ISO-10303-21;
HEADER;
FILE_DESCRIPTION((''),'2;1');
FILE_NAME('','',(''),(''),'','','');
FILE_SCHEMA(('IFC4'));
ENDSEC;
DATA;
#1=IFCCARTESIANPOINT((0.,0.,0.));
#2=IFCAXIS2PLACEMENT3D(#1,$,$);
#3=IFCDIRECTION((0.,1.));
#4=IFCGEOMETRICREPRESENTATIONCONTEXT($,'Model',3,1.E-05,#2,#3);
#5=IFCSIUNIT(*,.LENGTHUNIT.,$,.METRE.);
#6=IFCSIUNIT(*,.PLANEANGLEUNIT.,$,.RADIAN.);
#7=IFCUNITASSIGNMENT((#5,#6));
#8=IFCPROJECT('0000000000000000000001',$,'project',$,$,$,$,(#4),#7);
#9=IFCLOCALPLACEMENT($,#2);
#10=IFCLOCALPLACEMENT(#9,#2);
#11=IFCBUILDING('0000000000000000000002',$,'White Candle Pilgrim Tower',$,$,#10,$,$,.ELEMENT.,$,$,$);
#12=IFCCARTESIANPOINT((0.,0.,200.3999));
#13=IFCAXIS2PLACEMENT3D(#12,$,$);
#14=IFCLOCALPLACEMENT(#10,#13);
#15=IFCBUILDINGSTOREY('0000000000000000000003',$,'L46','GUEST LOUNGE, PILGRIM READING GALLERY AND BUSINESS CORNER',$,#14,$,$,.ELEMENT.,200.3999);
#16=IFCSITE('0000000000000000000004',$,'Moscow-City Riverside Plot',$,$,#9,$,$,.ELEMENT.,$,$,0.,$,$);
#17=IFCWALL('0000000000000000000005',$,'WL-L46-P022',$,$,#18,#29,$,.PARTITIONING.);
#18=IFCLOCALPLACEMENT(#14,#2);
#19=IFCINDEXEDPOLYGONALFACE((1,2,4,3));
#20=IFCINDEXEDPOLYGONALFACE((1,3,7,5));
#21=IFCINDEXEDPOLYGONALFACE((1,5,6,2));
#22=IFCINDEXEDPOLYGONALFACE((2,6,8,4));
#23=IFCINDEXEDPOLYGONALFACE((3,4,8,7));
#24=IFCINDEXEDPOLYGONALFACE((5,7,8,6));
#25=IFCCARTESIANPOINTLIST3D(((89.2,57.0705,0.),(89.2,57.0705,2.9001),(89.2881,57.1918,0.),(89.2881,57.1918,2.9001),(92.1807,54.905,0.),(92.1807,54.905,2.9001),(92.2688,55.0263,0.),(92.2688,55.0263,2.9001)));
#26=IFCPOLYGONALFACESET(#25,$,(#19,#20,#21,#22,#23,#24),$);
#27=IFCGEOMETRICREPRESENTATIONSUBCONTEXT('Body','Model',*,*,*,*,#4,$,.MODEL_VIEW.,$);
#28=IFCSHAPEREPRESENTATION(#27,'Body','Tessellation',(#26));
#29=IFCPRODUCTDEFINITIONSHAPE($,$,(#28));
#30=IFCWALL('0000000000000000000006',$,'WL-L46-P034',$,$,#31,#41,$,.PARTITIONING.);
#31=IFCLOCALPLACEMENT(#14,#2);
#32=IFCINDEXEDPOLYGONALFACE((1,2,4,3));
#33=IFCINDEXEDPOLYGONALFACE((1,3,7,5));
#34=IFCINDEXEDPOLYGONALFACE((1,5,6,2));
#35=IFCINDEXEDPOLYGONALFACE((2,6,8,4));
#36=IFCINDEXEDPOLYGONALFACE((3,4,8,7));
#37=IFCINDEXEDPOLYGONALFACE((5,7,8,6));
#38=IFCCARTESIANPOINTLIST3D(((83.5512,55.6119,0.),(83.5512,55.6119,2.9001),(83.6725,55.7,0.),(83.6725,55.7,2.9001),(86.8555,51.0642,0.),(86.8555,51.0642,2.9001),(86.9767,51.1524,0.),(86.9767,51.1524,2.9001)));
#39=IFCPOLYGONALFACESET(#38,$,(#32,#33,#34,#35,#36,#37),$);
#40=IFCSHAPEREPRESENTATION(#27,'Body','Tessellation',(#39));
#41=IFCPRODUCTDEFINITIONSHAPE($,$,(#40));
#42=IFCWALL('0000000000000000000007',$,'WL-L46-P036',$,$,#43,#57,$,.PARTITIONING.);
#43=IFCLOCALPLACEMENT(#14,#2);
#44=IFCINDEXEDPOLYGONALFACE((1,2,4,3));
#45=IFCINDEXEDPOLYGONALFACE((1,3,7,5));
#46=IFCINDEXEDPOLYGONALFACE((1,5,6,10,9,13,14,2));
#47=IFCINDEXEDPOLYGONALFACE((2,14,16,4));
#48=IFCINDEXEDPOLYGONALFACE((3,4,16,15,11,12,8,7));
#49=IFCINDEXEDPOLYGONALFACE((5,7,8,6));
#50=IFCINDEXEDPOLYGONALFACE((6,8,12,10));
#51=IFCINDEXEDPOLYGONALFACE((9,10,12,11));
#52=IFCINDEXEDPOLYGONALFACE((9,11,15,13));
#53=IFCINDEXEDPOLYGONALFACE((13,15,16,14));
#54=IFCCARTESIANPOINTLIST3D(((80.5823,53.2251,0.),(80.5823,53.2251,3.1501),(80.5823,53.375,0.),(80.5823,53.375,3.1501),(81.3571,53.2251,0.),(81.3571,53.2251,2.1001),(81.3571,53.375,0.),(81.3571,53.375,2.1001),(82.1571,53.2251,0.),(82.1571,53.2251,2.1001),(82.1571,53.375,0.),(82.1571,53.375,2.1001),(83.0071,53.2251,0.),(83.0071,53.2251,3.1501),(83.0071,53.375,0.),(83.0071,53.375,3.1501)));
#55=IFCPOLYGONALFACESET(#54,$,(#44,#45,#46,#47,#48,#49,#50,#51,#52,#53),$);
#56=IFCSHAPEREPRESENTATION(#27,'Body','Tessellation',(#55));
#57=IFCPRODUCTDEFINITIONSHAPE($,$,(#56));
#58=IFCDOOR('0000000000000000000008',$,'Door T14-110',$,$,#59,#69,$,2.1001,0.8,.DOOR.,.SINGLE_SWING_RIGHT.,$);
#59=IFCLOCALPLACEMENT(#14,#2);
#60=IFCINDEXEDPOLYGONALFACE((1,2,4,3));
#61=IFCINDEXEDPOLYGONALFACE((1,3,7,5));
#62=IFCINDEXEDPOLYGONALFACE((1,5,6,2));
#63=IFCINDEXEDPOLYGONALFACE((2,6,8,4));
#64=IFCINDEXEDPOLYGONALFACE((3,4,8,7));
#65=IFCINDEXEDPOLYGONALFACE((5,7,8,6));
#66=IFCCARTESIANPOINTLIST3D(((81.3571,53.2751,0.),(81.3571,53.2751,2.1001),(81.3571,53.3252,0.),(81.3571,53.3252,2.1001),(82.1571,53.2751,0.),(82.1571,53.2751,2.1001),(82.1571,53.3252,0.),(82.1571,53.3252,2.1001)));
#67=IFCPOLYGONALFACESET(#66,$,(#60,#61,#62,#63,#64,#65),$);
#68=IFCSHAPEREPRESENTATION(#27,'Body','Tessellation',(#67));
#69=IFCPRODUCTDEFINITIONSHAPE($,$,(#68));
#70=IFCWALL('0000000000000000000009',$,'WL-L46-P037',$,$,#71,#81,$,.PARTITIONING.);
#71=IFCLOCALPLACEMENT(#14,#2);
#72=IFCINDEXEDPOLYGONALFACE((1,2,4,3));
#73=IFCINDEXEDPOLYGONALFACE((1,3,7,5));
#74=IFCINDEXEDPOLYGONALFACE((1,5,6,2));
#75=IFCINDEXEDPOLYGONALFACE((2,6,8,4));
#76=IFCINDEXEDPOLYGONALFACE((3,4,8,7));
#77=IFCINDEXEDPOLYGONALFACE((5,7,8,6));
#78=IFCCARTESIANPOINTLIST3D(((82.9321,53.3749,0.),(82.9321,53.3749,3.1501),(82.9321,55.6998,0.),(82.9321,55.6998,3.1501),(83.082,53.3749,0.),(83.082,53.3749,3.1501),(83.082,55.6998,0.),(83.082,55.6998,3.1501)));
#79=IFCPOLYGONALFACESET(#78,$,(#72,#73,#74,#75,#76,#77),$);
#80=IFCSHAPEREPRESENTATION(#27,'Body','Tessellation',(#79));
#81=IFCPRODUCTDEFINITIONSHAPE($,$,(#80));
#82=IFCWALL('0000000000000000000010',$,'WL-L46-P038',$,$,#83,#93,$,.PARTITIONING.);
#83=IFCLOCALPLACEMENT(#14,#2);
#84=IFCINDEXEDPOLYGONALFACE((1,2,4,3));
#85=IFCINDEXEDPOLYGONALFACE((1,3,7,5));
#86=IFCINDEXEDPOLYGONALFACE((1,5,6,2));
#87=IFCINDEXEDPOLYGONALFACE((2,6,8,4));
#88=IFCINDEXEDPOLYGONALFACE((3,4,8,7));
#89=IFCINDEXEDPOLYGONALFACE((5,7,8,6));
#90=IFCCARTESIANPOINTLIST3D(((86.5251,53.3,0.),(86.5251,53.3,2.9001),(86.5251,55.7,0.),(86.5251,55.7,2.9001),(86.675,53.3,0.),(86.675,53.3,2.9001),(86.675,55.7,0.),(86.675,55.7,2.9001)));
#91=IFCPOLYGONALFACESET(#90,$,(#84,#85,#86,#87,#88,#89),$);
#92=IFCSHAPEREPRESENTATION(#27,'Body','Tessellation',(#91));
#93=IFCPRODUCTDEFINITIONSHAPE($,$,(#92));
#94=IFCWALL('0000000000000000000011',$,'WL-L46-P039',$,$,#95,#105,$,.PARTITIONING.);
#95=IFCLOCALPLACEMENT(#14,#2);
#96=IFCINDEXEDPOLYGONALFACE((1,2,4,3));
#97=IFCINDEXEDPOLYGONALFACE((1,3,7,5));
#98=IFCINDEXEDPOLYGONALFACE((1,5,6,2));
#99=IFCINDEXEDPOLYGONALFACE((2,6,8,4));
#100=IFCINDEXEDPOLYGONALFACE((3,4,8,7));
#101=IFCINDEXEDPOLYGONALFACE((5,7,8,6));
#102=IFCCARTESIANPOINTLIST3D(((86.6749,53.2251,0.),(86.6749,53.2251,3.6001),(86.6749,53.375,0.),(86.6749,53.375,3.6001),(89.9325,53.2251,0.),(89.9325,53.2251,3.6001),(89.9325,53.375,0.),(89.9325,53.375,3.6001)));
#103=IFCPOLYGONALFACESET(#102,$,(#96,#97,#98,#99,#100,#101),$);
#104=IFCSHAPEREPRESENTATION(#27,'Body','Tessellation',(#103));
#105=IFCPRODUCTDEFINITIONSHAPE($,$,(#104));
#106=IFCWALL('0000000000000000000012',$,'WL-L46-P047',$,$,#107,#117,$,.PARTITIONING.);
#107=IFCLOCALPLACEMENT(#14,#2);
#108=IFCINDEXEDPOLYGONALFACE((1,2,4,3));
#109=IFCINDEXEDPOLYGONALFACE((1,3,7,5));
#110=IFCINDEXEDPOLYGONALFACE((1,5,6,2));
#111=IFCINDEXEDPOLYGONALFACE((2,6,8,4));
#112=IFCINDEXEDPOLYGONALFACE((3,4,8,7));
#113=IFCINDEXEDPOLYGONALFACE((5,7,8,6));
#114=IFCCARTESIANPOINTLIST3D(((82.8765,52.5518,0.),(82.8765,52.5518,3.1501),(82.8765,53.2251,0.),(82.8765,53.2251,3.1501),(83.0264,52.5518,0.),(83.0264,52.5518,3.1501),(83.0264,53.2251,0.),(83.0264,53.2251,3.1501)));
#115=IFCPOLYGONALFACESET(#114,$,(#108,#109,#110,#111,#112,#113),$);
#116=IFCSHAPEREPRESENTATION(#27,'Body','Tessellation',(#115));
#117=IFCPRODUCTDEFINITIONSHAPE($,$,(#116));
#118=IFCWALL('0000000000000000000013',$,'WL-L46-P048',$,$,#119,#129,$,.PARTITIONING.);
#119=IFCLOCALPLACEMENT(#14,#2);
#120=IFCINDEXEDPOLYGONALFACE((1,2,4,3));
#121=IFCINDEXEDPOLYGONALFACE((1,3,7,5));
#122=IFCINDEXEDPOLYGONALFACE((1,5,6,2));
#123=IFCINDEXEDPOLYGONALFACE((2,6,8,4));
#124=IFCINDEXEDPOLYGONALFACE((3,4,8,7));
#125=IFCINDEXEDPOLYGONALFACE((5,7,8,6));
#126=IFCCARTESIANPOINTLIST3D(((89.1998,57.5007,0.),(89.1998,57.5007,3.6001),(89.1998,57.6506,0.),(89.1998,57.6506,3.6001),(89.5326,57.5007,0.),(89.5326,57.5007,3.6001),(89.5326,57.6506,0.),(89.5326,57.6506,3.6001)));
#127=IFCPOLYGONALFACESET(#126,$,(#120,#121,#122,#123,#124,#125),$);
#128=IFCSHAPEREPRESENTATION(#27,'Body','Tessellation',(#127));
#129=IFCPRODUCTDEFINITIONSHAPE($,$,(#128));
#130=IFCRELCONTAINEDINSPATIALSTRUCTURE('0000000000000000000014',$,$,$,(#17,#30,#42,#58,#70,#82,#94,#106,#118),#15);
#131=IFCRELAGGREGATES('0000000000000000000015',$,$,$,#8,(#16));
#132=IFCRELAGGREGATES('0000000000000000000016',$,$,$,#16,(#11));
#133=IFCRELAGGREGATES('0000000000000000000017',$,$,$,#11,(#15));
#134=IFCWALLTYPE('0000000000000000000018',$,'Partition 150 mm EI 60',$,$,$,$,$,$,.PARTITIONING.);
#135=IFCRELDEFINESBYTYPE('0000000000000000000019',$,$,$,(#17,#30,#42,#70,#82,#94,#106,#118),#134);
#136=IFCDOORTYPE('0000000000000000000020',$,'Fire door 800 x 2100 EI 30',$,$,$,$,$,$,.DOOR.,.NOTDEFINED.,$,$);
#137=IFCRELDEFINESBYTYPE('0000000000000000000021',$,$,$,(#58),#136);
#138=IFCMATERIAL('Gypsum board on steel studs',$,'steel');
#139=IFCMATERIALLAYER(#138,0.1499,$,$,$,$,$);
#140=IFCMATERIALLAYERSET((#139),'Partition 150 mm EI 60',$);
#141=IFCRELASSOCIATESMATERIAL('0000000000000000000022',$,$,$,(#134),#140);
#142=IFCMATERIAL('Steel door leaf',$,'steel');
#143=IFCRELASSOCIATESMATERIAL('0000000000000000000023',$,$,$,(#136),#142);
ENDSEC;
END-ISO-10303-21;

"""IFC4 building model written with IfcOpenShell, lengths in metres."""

from ifc_helpers import new_model, si_unit, direction, frame, frame_2d, origin, place, context, subcontext, project, spatial, rectangle, extrude, material, layer, layer_set, type_object, element, fill, save


model = new_model("IFC4")

# Units and contexts
model_context = context("Model", 3, precision=1e-05, world=origin(), true_north=direction((0.0, 1.0)))
body_context = subcontext(model_context, "Body", "Model", "MODEL_VIEW")
ifc_project = project(units=[si_unit("LENGTHUNIT", "METRE"), si_unit("PLANEANGLEUNIT", "RADIAN")], contexts=[model_context])

# Site, building, storey
site_placement = place(None, origin())
site = spatial("IfcSite", under=ifc_project, at=site_placement, Name="Moscow-City Riverside Plot", CompositionType="ELEMENT", RefElevation=0.0)
building_placement = place(site_placement, origin())
building = spatial("IfcBuilding", under=site, at=building_placement, Name="White Candle Pilgrim Tower", CompositionType="ELEMENT")
storey_placement = place(building_placement, frame((0.0, 0.0, 200.3999)))
storey = spatial("IfcBuildingStorey", under=building, at=storey_placement, Name="L46", Description="GUEST LOUNGE, PILGRIM READING GALLERY AND BUSINESS CORNER", CompositionType="ELEMENT", Elevation=200.3999)

# Shared definitions
ifc_material_1 = material(Name="Gypsum board on steel studs", Category="steel")
ifc_material_2 = material(Name="Steel door leaf", Category="steel")

# Walls
ifc_layer_1 = layer(ifc_material_1, 0.1499)
ifc_layer_set_1 = layer_set([ifc_layer_1], Name="Partition 150 mm EI 60")
wall_type_1 = type_object("IfcWallType", Name="Partition 150 mm EI 60", PredefinedType="PARTITIONING", material=ifc_layer_set_1)
wall_1_placement = place(storey_placement, frame((92.2249, 54.9656, 0.0), z_axis=(0.0, 0.0, 1.0), x_axis=(-0.809028, 0.58777, 0.0)))
element("IfcWall", 1, at=wall_1_placement, inside=storey, type_object=wall_type_1, Name="WL-L46-P022", PredefinedType="PARTITIONING", context=body_context, shape_type="SweptSolid", body=[
    extrude(rectangle(XDim=3.6843, YDim=0.1499, at=frame_2d((1.8423, 0.0))), origin(), (0.0, 0.0, 1.0), 2.9001),
])
wall_2_placement = place(storey_placement, frame((86.916, 51.1084, 0.0), z_axis=(0.0, 0.0, 1.0), x_axis=(-0.587805, 0.809003, 0.0)))
element("IfcWall", 2, at=wall_2_placement, inside=storey, type_object=wall_type_1, Name="WL-L46-P034", PredefinedType="PARTITIONING", context=body_context, shape_type="SweptSolid", body=[
    extrude(rectangle(XDim=5.6213, YDim=0.1499, at=frame_2d((2.8105, 0.0))), origin(), (0.0, 0.0, 1.0), 2.9001),
])

# Wall, opening, door
wall_3_placement = place(storey_placement, frame((83.0071, 53.3, 0.0), z_axis=(0.0, 0.0, 1.0), x_axis=(-1.0, 0.0, 0.0)))
wall_3 = element("IfcWall", 3, at=wall_3_placement, inside=storey, type_object=wall_type_1, Name="WL-L46-P036", PredefinedType="PARTITIONING", context=body_context, shape_type="SweptSolid", body=[
    extrude(rectangle(XDim=2.4248, YDim=0.1499, at=frame_2d((1.2124, 0.0))), origin(), (0.0, 0.0, 1.0), 3.1501),
])
opening_1_placement = place(wall_3_placement, frame((0.8501, 0.0, 0.0)))
opening_1 = element("IfcOpeningElement", 4, at=opening_1_placement, cuts=wall_3, PredefinedType="OPENING", context=body_context, shape_type="SweptSolid", body=[
    extrude(rectangle(XDim=0.8, YDim=2.1001, at=frame_2d((0.3999, 1.05))), frame((0.0, 0.085, 0.0), z_axis=(0.0, -1.0, 0.0), x_axis=(1.0, 0.0, 0.0)), (0.0, 0.0, 1.0), 0.1699),
])
door_type_1 = type_object("IfcDoorType", Name="Fire door 800 x 2100 EI 30", OperationType="NOTDEFINED", PredefinedType="DOOR", material=ifc_material_2)
door_1_placement = place(opening_1_placement, origin())
door_1 = element("IfcDoor", 5, at=door_1_placement, inside=storey, type_object=door_type_1, Name="Door T14-110", OperationType="SINGLE_SWING_RIGHT", OverallHeight=2.1001, OverallWidth=0.8, PredefinedType="DOOR", context=body_context, shape_type="SweptSolid", body=[
    extrude(rectangle(XDim=0.8, YDim=2.1001, at=frame_2d((0.3999, 1.05))), frame((0.0, 0.0249, 0.0), z_axis=(0.0, -1.0, 0.0), x_axis=(1.0, 0.0, 0.0)), (0.0, 0.0, 1.0), 0.05),
])
fill(opening_1, door_1)

# Walls
wall_4_placement = place(storey_placement, frame((83.0071, 55.7, 0.0), z_axis=(0.0, 0.0, 1.0), x_axis=(0.0, -1.0, 0.0)))
element("IfcWall", 6, at=wall_4_placement, inside=storey, type_object=wall_type_1, Name="WL-L46-P037", PredefinedType="PARTITIONING", context=body_context, shape_type="SweptSolid", body=[
    extrude(rectangle(XDim=2.325, YDim=0.1499, at=frame_2d((1.1626, 0.0))), origin(), (0.0, 0.0, 1.0), 3.1501),
])
wall_5_placement = place(storey_placement, frame((86.6001, 55.7, 0.0), z_axis=(0.0, 0.0, 1.0), x_axis=(0.0, -1.0, 0.0)))
element("IfcWall", 7, at=wall_5_placement, inside=storey, type_object=wall_type_1, Name="WL-L46-P038", PredefinedType="PARTITIONING", context=body_context, shape_type="SweptSolid", body=[
    extrude(rectangle(XDim=2.3999, YDim=0.1499, at=frame_2d((1.2, 0.0))), origin(), (0.0, 0.0, 1.0), 2.9001),
])
wall_6_placement = place(storey_placement, frame((89.9326, 53.3, 0.0), z_axis=(0.0, 0.0, 1.0), x_axis=(-1.0, 0.0, 0.0)))
element("IfcWall", 8, at=wall_6_placement, inside=storey, type_object=wall_type_1, Name="WL-L46-P039", PredefinedType="PARTITIONING", context=body_context, shape_type="SweptSolid", body=[
    extrude(rectangle(XDim=3.2576, YDim=0.1499, at=frame_2d((1.6289, 0.0))), origin(), (0.0, 0.0, 1.0), 3.6001),
])
wall_7_placement = place(storey_placement, frame((82.9514, 52.5518, 0.0), z_axis=(0.0, 0.0, 1.0), x_axis=(0.0, 1.0, 0.0)))
element("IfcWall", 9, at=wall_7_placement, inside=storey, type_object=wall_type_1, Name="WL-L46-P047", PredefinedType="PARTITIONING", context=body_context, shape_type="SweptSolid", body=[
    extrude(rectangle(XDim=0.6733, YDim=0.1499, at=frame_2d((0.3367, 0.0))), origin(), (0.0, 0.0, 1.0), 3.1501),
])
wall_8_placement = place(storey_placement, frame((89.5327, 57.5757, 0.0), z_axis=(0.0, 0.0, 1.0), x_axis=(-1.0, 0.0, 0.0)))
element("IfcWall", 10, at=wall_8_placement, inside=storey, type_object=wall_type_1, Name="WL-L46-P048", PredefinedType="PARTITIONING", context=body_context, shape_type="SweptSolid", body=[
    extrude(rectangle(XDim=0.3328, YDim=0.1499, at=frame_2d((0.1665, 0.0))), origin(), (0.0, 0.0, 1.0), 3.6001),
])

save(model, "model.ifc")
